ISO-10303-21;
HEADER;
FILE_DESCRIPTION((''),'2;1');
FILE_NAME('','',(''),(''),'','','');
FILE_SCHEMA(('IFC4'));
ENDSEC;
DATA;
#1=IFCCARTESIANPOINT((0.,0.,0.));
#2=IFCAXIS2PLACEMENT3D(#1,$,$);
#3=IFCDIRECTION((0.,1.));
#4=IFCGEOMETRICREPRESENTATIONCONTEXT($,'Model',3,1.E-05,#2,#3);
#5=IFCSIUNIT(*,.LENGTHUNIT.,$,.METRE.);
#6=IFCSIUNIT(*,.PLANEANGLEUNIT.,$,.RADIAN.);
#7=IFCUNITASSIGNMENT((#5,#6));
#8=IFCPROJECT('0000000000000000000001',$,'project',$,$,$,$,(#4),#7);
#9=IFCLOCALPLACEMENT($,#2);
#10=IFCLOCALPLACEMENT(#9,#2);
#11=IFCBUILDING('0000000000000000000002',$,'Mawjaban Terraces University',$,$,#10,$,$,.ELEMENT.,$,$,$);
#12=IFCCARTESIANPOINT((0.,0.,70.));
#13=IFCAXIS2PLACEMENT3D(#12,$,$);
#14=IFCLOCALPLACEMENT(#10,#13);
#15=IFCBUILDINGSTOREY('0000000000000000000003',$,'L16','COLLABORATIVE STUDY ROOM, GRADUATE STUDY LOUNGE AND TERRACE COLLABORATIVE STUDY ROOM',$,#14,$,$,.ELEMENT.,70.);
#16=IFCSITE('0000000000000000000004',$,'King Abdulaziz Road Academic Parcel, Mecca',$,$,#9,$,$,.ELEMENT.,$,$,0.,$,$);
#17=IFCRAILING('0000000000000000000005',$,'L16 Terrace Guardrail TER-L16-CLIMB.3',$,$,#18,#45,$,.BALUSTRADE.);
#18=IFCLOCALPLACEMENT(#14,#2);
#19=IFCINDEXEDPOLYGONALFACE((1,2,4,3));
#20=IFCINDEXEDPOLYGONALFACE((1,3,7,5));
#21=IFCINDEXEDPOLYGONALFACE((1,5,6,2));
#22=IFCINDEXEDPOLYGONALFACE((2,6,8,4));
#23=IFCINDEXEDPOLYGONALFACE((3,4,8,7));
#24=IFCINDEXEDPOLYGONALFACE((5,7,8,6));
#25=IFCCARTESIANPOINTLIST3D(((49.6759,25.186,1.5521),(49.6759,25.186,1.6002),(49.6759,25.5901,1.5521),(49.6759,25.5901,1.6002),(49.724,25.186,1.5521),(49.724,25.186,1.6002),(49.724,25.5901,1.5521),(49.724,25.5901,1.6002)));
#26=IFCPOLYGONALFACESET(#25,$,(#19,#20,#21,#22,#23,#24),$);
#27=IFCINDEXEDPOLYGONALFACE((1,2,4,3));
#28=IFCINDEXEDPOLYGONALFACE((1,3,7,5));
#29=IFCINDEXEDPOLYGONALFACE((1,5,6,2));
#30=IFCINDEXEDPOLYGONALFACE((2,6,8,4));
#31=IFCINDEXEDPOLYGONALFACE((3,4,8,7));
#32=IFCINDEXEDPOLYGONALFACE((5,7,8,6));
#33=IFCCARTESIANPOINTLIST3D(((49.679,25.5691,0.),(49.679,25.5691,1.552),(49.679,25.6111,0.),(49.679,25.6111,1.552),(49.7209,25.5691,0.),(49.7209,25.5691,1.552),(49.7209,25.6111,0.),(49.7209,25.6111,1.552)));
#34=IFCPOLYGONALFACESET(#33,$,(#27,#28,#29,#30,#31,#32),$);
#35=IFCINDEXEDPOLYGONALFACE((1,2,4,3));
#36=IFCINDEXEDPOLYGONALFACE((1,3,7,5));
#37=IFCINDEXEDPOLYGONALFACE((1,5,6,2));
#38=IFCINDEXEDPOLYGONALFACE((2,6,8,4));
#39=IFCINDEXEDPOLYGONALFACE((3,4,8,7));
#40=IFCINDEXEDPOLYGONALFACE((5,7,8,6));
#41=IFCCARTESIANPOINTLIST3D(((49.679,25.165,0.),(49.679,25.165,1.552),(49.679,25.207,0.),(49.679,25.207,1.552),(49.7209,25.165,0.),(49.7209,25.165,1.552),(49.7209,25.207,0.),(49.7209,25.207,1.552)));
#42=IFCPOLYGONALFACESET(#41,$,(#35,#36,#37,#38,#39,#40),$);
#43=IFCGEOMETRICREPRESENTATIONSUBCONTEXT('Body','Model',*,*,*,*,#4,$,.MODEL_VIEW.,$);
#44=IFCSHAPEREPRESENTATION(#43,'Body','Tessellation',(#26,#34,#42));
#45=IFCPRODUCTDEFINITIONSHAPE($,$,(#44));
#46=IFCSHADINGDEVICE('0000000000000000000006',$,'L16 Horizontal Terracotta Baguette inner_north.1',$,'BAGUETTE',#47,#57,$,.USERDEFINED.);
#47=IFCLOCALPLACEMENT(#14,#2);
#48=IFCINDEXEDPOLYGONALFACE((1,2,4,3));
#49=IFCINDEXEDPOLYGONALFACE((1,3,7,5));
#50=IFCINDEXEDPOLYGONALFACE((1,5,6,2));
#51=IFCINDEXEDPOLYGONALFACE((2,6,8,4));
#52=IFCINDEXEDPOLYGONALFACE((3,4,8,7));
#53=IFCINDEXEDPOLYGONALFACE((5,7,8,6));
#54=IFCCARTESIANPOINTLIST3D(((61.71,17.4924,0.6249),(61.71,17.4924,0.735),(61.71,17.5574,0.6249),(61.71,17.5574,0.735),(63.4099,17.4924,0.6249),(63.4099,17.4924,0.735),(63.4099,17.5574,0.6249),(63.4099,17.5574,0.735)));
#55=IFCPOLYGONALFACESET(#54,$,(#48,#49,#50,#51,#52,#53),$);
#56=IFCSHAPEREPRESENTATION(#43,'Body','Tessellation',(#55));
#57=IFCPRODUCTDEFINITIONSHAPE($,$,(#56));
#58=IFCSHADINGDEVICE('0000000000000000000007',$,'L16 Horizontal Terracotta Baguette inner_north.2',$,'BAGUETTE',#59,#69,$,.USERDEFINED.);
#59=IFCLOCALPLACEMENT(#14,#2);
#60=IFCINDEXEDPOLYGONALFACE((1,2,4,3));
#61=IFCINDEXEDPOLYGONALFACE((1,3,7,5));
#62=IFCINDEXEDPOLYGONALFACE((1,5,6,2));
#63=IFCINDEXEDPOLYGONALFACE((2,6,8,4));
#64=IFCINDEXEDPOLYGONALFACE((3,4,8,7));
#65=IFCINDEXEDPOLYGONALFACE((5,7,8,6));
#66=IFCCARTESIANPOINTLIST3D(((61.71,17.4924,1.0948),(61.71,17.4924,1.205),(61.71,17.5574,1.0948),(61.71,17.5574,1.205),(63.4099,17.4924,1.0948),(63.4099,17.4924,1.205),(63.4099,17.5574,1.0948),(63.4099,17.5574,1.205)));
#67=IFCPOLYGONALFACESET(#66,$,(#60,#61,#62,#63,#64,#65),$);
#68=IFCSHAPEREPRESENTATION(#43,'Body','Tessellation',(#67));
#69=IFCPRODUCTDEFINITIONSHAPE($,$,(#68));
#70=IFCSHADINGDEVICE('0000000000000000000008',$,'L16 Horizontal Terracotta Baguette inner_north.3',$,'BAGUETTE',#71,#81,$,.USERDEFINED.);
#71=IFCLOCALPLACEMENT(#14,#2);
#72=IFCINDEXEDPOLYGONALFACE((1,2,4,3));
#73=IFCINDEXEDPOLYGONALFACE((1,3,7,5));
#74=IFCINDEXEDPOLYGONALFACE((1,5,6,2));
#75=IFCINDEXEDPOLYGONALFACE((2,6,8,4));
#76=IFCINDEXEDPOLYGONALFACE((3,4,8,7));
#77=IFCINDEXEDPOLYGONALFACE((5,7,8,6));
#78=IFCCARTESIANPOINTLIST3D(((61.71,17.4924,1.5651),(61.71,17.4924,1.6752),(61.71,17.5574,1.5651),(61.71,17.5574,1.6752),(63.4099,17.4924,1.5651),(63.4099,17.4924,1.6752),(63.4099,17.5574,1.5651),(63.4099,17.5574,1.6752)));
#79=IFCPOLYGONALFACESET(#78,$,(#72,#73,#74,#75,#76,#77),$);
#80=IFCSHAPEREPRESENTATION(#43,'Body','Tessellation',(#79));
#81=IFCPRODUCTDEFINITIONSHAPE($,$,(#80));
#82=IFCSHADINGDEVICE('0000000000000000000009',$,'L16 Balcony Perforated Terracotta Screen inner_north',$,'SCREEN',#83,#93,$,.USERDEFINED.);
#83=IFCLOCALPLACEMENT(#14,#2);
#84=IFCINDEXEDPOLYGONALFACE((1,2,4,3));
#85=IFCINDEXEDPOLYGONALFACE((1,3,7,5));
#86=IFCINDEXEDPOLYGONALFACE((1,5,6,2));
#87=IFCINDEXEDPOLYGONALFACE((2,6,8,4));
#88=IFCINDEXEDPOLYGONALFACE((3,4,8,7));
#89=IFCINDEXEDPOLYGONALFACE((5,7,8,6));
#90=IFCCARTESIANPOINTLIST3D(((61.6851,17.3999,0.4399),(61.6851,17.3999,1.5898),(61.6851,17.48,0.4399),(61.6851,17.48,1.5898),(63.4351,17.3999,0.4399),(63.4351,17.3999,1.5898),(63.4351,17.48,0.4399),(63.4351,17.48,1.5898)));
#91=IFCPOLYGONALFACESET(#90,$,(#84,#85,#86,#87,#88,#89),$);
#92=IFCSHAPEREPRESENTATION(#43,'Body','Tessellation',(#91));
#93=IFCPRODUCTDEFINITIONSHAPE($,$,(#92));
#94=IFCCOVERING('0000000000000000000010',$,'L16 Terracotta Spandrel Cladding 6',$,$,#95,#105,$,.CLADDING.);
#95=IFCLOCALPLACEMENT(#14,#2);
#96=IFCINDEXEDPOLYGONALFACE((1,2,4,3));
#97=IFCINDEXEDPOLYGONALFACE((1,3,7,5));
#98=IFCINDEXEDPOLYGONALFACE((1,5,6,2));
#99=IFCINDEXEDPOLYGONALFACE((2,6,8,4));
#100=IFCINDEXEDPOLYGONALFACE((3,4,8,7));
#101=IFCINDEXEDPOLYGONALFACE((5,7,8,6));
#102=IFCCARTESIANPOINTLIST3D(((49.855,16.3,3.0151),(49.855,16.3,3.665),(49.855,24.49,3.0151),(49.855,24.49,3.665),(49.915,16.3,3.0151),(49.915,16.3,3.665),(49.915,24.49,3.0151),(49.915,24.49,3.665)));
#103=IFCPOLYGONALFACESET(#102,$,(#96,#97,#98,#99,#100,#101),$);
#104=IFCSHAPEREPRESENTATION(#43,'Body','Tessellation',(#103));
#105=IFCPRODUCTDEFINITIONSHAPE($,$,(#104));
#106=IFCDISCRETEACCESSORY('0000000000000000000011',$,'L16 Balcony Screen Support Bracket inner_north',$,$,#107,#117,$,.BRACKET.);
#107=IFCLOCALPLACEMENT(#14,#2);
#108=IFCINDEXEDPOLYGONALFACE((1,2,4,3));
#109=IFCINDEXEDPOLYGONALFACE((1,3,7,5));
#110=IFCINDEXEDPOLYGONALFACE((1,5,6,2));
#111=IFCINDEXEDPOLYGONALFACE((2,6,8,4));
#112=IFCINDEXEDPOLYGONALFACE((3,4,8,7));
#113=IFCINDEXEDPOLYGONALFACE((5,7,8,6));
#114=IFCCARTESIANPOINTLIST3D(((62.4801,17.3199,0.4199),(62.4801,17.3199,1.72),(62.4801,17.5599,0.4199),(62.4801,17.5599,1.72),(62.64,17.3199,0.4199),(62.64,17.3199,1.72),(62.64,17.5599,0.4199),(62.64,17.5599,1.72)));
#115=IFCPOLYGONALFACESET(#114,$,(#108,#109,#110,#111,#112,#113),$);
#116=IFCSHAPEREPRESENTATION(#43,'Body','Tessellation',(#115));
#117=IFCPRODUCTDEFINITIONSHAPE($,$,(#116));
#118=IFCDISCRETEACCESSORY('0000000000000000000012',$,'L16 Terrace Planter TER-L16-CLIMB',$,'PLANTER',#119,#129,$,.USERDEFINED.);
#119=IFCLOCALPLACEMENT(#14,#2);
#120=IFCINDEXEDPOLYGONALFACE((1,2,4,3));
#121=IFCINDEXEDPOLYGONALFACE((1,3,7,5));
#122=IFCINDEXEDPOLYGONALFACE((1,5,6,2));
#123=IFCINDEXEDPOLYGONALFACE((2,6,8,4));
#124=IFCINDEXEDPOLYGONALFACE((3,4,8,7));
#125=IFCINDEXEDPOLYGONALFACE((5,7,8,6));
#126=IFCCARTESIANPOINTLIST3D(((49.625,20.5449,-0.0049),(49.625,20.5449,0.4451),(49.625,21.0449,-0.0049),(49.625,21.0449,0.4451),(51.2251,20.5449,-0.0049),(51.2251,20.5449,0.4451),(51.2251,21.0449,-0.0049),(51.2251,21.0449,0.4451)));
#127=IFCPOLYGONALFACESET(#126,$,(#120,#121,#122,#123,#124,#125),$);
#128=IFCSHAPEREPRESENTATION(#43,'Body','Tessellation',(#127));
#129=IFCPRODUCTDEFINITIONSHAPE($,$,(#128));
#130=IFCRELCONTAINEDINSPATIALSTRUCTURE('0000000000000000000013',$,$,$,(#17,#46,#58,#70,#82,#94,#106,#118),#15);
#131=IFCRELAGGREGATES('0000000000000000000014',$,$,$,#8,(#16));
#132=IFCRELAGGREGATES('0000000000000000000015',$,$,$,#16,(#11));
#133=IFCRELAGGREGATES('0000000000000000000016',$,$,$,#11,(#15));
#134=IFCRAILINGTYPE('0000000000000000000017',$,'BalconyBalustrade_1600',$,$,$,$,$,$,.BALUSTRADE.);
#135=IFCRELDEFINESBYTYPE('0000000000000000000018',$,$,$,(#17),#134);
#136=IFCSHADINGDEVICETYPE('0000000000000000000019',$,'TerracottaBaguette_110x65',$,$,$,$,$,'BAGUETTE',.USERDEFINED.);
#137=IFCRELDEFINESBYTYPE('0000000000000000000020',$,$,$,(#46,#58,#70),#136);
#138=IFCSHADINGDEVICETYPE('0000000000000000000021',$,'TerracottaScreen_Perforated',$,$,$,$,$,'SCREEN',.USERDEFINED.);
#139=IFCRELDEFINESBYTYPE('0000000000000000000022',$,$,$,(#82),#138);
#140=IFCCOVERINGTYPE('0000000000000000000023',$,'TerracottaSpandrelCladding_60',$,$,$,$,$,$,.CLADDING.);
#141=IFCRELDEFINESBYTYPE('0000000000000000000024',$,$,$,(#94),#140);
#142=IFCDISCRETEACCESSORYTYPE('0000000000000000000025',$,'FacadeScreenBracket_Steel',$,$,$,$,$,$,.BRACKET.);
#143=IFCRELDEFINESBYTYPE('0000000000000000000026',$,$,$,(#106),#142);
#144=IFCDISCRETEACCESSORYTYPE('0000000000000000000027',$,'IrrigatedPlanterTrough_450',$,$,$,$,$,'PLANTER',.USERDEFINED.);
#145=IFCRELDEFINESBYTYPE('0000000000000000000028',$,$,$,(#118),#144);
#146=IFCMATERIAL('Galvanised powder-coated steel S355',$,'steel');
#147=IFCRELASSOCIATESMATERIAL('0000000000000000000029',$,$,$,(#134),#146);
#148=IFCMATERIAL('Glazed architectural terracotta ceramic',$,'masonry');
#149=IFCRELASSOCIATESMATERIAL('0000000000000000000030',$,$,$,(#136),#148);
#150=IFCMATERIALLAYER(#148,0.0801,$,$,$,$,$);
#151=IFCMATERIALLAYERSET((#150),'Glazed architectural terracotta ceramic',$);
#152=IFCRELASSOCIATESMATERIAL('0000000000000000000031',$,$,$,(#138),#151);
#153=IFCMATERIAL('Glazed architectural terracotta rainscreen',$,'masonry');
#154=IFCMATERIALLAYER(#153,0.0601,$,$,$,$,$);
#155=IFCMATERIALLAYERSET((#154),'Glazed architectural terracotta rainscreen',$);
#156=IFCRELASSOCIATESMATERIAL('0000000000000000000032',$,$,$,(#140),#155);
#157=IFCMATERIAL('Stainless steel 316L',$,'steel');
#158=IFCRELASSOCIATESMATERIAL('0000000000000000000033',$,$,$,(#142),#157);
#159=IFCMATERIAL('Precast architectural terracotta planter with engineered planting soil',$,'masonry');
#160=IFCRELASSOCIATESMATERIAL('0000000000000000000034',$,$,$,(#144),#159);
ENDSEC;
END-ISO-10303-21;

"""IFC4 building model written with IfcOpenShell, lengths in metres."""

from ifc_helpers import new_model, si_unit, direction, frame, origin, origin_2d, place, context, subcontext, project, spatial, rectangle, extrude, material, layer, layer_set, material_profile, profile_set, type_object, element, save


model = new_model("IFC4")

# Units and contexts
model_context = context("Model", 3, precision=1e-05, world=origin(), true_north=direction((0.0, 1.0)))
body_context = subcontext(model_context, "Body", "Model", "MODEL_VIEW")
ifc_project = project(units=[si_unit("LENGTHUNIT", "METRE"), si_unit("PLANEANGLEUNIT", "RADIAN")], contexts=[model_context])

# Site, building, storey
site_placement = place(None, origin())
site = spatial("IfcSite", under=ifc_project, at=site_placement, Name="King Abdulaziz Road Academic Parcel, Mecca", CompositionType="ELEMENT", RefElevation=0.0)
building_placement = place(site_placement, origin())
building = spatial("IfcBuilding", under=site, at=building_placement, Name="Mawjaban Terraces University", CompositionType="ELEMENT")
storey_placement = place(building_placement, frame((0.0, 0.0, 70.0)))
storey = spatial("IfcBuildingStorey", under=building, at=storey_placement, Name="L16", Description="COLLABORATIVE STUDY ROOM, GRADUATE STUDY LOUNGE AND TERRACE COLLABORATIVE STUDY ROOM", CompositionType="ELEMENT", Elevation=70.0)

# Railing
ifc_material_1 = material(Name="Galvanised powder-coated steel S355", Category="steel")
railing_type = type_object("IfcRailingType", Name="BalconyBalustrade_1600", PredefinedType="BALUSTRADE", material=ifc_material_1)
railing_1_placement = place(storey_placement, frame((49.7, 25.5901, 0.0)))
element("IfcRailing", 1, at=railing_1_placement, inside=storey, type_object=railing_type, Name="L16 Terrace Guardrail TER-L16-CLIMB.3", PredefinedType="BALUSTRADE", context=body_context, shape_type="SweptSolid", body=[
    extrude(rectangle(XDim=0.0481, YDim=0.0481, at=origin_2d()), frame((0.0, 0.0, 1.5762), z_axis=(0.0, -1.0, 0.0), x_axis=(1.0, 0.0, 0.0)), (0.0, 0.0, 1.0), 0.4041),
    extrude(rectangle(XDim=0.042, YDim=0.042, at=origin_2d()), origin(), (0.0, 0.0, 1.0), 1.552),
    extrude(rectangle(XDim=0.042, YDim=0.042, at=origin_2d()), frame((0.0, -0.4041, 0.0)), (0.0, 0.0, 1.0), 1.552),
])

# Shading devices
ifc_material_2 = material(Name="Glazed architectural terracotta ceramic", Category="masonry")
ifc_material_profile_1 = material_profile(ifc_material_2, rectangle(XDim=0.0649, YDim=0.1101, at=origin_2d()), Name="TBAG110X65")
ifc_profile_set_1 = profile_set([ifc_material_profile_1], Name="Glazed architectural terracotta ceramic")
shading_device_type_1 = type_object("IfcShadingDeviceType", Name="TerracottaBaguette_110x65", ElementType="BAGUETTE", PredefinedType="USERDEFINED", material=ifc_profile_set_1)
for number, where, z_axis, x_axis, name in (
    (2, (61.71, 17.5249, 0.6799), (1.0, 0.0, 0.0), (0.0, 1.0, 0.0), "L16 Horizontal Terracotta Baguette inner_north.1"),
    (3, (61.71, 17.5249, 1.1499), (1.0, 0.0, 0.0), (0.0, 1.0, 0.0), "L16 Horizontal Terracotta Baguette inner_north.2"),
    (4, (61.71, 17.5249, 1.6201), (1.0, 0.0, 0.0), (0.0, 1.0, 0.0), "L16 Horizontal Terracotta Baguette inner_north.3"),
):
    element("IfcShadingDevice", number, at=place(storey_placement, frame(where, z_axis=z_axis, x_axis=x_axis)), inside=storey, type_object=shading_device_type_1, Name=name, ObjectType="BAGUETTE", PredefinedType="USERDEFINED", context=body_context, shape_type="SweptSolid", body=[
        extrude(rectangle(XDim=0.0649, YDim=0.1101, at=origin_2d()), origin(), (0.0, 0.0, 1.0), 1.7),
    ])
ifc_layer_1 = layer(ifc_material_2, 0.0801)
ifc_layer_set_1 = layer_set([ifc_layer_1], Name="Glazed architectural terracotta ceramic")
shading_device_type_2 = type_object("IfcShadingDeviceType", Name="TerracottaScreen_Perforated", ElementType="SCREEN", PredefinedType="USERDEFINED", material=ifc_layer_set_1)
shading_device_placement = place(storey_placement, frame((62.5601, 17.4399, 0.4399), z_axis=(0.0, 0.0, 1.0), x_axis=(1.0, 0.0, 0.0)))
element("IfcShadingDevice", 5, at=shading_device_placement, inside=storey, type_object=shading_device_type_2, Name="L16 Balcony Perforated Terracotta Screen inner_north", ObjectType="SCREEN", PredefinedType="USERDEFINED", context=body_context, shape_type="SweptSolid", body=[
    extrude(rectangle(XDim=1.75, YDim=0.0801, at=origin_2d()), origin(), (0.0, 0.0, 1.0), 1.1499),
])

# Covering
ifc_material_3 = material(Name="Glazed architectural terracotta rainscreen", Category="masonry")
ifc_layer_2 = layer(ifc_material_3, 0.0601)
ifc_layer_set_2 = layer_set([ifc_layer_2], Name="Glazed architectural terracotta rainscreen")
covering_type = type_object("IfcCoveringType", Name="TerracottaSpandrelCladding_60", PredefinedType="CLADDING", material=ifc_layer_set_2)
covering_placement = place(storey_placement, frame((49.885, 20.395, 3.0151), z_axis=(0.0, 0.0, 1.0), x_axis=(0.0, 1.0, 0.0)))
element("IfcCovering", 6, at=covering_placement, inside=storey, type_object=covering_type, Name="L16 Terracotta Spandrel Cladding 6", PredefinedType="CLADDING", context=body_context, shape_type="SweptSolid", body=[
    extrude(rectangle(XDim=8.1899, YDim=0.0601, at=origin_2d()), origin(), (0.0, 0.0, 1.0), 0.6499),
])

# Discrete accessories
ifc_material_4 = material(Name="Stainless steel 316L", Category="steel")
discrete_accessory_type_1 = type_object("IfcDiscreteAccessoryType", Name="FacadeScreenBracket_Steel", PredefinedType="BRACKET", material=ifc_material_4)
discrete_accessory_1_placement = place(storey_placement, frame((62.5601, 17.4399, 0.4199), z_axis=(0.0, 0.0, 1.0), x_axis=(1.0, 0.0, 0.0)))
element("IfcDiscreteAccessory", 7, at=discrete_accessory_1_placement, inside=storey, type_object=discrete_accessory_type_1, Name="L16 Balcony Screen Support Bracket inner_north", PredefinedType="BRACKET", context=body_context, shape_type="SweptSolid", body=[
    extrude(rectangle(XDim=0.1599, YDim=0.24, at=origin_2d()), origin(), (0.0, 0.0, 1.0), 1.3),
])
ifc_material_5 = material(Name="Precast architectural terracotta planter with engineered planting soil", Category="masonry")
discrete_accessory_type_2 = type_object("IfcDiscreteAccessoryType", Name="IrrigatedPlanterTrough_450", ElementType="PLANTER", PredefinedType="USERDEFINED", material=ifc_material_5)
discrete_accessory_2_placement = place(storey_placement, frame((50.425, 20.7949, -0.0049), z_axis=(0.0, 0.0, 1.0), x_axis=(1.0, 0.0, 0.0)))
element("IfcDiscreteAccessory", 8, at=discrete_accessory_2_placement, inside=storey, type_object=discrete_accessory_type_2, Name="L16 Terrace Planter TER-L16-CLIMB", ObjectType="PLANTER", PredefinedType="USERDEFINED", context=body_context, shape_type="SweptSolid", body=[
    extrude(rectangle(XDim=1.6001, YDim=0.5, at=origin_2d()), origin(), (0.0, 0.0, 1.0), 0.45),
])

save(model, "model.ifc")
